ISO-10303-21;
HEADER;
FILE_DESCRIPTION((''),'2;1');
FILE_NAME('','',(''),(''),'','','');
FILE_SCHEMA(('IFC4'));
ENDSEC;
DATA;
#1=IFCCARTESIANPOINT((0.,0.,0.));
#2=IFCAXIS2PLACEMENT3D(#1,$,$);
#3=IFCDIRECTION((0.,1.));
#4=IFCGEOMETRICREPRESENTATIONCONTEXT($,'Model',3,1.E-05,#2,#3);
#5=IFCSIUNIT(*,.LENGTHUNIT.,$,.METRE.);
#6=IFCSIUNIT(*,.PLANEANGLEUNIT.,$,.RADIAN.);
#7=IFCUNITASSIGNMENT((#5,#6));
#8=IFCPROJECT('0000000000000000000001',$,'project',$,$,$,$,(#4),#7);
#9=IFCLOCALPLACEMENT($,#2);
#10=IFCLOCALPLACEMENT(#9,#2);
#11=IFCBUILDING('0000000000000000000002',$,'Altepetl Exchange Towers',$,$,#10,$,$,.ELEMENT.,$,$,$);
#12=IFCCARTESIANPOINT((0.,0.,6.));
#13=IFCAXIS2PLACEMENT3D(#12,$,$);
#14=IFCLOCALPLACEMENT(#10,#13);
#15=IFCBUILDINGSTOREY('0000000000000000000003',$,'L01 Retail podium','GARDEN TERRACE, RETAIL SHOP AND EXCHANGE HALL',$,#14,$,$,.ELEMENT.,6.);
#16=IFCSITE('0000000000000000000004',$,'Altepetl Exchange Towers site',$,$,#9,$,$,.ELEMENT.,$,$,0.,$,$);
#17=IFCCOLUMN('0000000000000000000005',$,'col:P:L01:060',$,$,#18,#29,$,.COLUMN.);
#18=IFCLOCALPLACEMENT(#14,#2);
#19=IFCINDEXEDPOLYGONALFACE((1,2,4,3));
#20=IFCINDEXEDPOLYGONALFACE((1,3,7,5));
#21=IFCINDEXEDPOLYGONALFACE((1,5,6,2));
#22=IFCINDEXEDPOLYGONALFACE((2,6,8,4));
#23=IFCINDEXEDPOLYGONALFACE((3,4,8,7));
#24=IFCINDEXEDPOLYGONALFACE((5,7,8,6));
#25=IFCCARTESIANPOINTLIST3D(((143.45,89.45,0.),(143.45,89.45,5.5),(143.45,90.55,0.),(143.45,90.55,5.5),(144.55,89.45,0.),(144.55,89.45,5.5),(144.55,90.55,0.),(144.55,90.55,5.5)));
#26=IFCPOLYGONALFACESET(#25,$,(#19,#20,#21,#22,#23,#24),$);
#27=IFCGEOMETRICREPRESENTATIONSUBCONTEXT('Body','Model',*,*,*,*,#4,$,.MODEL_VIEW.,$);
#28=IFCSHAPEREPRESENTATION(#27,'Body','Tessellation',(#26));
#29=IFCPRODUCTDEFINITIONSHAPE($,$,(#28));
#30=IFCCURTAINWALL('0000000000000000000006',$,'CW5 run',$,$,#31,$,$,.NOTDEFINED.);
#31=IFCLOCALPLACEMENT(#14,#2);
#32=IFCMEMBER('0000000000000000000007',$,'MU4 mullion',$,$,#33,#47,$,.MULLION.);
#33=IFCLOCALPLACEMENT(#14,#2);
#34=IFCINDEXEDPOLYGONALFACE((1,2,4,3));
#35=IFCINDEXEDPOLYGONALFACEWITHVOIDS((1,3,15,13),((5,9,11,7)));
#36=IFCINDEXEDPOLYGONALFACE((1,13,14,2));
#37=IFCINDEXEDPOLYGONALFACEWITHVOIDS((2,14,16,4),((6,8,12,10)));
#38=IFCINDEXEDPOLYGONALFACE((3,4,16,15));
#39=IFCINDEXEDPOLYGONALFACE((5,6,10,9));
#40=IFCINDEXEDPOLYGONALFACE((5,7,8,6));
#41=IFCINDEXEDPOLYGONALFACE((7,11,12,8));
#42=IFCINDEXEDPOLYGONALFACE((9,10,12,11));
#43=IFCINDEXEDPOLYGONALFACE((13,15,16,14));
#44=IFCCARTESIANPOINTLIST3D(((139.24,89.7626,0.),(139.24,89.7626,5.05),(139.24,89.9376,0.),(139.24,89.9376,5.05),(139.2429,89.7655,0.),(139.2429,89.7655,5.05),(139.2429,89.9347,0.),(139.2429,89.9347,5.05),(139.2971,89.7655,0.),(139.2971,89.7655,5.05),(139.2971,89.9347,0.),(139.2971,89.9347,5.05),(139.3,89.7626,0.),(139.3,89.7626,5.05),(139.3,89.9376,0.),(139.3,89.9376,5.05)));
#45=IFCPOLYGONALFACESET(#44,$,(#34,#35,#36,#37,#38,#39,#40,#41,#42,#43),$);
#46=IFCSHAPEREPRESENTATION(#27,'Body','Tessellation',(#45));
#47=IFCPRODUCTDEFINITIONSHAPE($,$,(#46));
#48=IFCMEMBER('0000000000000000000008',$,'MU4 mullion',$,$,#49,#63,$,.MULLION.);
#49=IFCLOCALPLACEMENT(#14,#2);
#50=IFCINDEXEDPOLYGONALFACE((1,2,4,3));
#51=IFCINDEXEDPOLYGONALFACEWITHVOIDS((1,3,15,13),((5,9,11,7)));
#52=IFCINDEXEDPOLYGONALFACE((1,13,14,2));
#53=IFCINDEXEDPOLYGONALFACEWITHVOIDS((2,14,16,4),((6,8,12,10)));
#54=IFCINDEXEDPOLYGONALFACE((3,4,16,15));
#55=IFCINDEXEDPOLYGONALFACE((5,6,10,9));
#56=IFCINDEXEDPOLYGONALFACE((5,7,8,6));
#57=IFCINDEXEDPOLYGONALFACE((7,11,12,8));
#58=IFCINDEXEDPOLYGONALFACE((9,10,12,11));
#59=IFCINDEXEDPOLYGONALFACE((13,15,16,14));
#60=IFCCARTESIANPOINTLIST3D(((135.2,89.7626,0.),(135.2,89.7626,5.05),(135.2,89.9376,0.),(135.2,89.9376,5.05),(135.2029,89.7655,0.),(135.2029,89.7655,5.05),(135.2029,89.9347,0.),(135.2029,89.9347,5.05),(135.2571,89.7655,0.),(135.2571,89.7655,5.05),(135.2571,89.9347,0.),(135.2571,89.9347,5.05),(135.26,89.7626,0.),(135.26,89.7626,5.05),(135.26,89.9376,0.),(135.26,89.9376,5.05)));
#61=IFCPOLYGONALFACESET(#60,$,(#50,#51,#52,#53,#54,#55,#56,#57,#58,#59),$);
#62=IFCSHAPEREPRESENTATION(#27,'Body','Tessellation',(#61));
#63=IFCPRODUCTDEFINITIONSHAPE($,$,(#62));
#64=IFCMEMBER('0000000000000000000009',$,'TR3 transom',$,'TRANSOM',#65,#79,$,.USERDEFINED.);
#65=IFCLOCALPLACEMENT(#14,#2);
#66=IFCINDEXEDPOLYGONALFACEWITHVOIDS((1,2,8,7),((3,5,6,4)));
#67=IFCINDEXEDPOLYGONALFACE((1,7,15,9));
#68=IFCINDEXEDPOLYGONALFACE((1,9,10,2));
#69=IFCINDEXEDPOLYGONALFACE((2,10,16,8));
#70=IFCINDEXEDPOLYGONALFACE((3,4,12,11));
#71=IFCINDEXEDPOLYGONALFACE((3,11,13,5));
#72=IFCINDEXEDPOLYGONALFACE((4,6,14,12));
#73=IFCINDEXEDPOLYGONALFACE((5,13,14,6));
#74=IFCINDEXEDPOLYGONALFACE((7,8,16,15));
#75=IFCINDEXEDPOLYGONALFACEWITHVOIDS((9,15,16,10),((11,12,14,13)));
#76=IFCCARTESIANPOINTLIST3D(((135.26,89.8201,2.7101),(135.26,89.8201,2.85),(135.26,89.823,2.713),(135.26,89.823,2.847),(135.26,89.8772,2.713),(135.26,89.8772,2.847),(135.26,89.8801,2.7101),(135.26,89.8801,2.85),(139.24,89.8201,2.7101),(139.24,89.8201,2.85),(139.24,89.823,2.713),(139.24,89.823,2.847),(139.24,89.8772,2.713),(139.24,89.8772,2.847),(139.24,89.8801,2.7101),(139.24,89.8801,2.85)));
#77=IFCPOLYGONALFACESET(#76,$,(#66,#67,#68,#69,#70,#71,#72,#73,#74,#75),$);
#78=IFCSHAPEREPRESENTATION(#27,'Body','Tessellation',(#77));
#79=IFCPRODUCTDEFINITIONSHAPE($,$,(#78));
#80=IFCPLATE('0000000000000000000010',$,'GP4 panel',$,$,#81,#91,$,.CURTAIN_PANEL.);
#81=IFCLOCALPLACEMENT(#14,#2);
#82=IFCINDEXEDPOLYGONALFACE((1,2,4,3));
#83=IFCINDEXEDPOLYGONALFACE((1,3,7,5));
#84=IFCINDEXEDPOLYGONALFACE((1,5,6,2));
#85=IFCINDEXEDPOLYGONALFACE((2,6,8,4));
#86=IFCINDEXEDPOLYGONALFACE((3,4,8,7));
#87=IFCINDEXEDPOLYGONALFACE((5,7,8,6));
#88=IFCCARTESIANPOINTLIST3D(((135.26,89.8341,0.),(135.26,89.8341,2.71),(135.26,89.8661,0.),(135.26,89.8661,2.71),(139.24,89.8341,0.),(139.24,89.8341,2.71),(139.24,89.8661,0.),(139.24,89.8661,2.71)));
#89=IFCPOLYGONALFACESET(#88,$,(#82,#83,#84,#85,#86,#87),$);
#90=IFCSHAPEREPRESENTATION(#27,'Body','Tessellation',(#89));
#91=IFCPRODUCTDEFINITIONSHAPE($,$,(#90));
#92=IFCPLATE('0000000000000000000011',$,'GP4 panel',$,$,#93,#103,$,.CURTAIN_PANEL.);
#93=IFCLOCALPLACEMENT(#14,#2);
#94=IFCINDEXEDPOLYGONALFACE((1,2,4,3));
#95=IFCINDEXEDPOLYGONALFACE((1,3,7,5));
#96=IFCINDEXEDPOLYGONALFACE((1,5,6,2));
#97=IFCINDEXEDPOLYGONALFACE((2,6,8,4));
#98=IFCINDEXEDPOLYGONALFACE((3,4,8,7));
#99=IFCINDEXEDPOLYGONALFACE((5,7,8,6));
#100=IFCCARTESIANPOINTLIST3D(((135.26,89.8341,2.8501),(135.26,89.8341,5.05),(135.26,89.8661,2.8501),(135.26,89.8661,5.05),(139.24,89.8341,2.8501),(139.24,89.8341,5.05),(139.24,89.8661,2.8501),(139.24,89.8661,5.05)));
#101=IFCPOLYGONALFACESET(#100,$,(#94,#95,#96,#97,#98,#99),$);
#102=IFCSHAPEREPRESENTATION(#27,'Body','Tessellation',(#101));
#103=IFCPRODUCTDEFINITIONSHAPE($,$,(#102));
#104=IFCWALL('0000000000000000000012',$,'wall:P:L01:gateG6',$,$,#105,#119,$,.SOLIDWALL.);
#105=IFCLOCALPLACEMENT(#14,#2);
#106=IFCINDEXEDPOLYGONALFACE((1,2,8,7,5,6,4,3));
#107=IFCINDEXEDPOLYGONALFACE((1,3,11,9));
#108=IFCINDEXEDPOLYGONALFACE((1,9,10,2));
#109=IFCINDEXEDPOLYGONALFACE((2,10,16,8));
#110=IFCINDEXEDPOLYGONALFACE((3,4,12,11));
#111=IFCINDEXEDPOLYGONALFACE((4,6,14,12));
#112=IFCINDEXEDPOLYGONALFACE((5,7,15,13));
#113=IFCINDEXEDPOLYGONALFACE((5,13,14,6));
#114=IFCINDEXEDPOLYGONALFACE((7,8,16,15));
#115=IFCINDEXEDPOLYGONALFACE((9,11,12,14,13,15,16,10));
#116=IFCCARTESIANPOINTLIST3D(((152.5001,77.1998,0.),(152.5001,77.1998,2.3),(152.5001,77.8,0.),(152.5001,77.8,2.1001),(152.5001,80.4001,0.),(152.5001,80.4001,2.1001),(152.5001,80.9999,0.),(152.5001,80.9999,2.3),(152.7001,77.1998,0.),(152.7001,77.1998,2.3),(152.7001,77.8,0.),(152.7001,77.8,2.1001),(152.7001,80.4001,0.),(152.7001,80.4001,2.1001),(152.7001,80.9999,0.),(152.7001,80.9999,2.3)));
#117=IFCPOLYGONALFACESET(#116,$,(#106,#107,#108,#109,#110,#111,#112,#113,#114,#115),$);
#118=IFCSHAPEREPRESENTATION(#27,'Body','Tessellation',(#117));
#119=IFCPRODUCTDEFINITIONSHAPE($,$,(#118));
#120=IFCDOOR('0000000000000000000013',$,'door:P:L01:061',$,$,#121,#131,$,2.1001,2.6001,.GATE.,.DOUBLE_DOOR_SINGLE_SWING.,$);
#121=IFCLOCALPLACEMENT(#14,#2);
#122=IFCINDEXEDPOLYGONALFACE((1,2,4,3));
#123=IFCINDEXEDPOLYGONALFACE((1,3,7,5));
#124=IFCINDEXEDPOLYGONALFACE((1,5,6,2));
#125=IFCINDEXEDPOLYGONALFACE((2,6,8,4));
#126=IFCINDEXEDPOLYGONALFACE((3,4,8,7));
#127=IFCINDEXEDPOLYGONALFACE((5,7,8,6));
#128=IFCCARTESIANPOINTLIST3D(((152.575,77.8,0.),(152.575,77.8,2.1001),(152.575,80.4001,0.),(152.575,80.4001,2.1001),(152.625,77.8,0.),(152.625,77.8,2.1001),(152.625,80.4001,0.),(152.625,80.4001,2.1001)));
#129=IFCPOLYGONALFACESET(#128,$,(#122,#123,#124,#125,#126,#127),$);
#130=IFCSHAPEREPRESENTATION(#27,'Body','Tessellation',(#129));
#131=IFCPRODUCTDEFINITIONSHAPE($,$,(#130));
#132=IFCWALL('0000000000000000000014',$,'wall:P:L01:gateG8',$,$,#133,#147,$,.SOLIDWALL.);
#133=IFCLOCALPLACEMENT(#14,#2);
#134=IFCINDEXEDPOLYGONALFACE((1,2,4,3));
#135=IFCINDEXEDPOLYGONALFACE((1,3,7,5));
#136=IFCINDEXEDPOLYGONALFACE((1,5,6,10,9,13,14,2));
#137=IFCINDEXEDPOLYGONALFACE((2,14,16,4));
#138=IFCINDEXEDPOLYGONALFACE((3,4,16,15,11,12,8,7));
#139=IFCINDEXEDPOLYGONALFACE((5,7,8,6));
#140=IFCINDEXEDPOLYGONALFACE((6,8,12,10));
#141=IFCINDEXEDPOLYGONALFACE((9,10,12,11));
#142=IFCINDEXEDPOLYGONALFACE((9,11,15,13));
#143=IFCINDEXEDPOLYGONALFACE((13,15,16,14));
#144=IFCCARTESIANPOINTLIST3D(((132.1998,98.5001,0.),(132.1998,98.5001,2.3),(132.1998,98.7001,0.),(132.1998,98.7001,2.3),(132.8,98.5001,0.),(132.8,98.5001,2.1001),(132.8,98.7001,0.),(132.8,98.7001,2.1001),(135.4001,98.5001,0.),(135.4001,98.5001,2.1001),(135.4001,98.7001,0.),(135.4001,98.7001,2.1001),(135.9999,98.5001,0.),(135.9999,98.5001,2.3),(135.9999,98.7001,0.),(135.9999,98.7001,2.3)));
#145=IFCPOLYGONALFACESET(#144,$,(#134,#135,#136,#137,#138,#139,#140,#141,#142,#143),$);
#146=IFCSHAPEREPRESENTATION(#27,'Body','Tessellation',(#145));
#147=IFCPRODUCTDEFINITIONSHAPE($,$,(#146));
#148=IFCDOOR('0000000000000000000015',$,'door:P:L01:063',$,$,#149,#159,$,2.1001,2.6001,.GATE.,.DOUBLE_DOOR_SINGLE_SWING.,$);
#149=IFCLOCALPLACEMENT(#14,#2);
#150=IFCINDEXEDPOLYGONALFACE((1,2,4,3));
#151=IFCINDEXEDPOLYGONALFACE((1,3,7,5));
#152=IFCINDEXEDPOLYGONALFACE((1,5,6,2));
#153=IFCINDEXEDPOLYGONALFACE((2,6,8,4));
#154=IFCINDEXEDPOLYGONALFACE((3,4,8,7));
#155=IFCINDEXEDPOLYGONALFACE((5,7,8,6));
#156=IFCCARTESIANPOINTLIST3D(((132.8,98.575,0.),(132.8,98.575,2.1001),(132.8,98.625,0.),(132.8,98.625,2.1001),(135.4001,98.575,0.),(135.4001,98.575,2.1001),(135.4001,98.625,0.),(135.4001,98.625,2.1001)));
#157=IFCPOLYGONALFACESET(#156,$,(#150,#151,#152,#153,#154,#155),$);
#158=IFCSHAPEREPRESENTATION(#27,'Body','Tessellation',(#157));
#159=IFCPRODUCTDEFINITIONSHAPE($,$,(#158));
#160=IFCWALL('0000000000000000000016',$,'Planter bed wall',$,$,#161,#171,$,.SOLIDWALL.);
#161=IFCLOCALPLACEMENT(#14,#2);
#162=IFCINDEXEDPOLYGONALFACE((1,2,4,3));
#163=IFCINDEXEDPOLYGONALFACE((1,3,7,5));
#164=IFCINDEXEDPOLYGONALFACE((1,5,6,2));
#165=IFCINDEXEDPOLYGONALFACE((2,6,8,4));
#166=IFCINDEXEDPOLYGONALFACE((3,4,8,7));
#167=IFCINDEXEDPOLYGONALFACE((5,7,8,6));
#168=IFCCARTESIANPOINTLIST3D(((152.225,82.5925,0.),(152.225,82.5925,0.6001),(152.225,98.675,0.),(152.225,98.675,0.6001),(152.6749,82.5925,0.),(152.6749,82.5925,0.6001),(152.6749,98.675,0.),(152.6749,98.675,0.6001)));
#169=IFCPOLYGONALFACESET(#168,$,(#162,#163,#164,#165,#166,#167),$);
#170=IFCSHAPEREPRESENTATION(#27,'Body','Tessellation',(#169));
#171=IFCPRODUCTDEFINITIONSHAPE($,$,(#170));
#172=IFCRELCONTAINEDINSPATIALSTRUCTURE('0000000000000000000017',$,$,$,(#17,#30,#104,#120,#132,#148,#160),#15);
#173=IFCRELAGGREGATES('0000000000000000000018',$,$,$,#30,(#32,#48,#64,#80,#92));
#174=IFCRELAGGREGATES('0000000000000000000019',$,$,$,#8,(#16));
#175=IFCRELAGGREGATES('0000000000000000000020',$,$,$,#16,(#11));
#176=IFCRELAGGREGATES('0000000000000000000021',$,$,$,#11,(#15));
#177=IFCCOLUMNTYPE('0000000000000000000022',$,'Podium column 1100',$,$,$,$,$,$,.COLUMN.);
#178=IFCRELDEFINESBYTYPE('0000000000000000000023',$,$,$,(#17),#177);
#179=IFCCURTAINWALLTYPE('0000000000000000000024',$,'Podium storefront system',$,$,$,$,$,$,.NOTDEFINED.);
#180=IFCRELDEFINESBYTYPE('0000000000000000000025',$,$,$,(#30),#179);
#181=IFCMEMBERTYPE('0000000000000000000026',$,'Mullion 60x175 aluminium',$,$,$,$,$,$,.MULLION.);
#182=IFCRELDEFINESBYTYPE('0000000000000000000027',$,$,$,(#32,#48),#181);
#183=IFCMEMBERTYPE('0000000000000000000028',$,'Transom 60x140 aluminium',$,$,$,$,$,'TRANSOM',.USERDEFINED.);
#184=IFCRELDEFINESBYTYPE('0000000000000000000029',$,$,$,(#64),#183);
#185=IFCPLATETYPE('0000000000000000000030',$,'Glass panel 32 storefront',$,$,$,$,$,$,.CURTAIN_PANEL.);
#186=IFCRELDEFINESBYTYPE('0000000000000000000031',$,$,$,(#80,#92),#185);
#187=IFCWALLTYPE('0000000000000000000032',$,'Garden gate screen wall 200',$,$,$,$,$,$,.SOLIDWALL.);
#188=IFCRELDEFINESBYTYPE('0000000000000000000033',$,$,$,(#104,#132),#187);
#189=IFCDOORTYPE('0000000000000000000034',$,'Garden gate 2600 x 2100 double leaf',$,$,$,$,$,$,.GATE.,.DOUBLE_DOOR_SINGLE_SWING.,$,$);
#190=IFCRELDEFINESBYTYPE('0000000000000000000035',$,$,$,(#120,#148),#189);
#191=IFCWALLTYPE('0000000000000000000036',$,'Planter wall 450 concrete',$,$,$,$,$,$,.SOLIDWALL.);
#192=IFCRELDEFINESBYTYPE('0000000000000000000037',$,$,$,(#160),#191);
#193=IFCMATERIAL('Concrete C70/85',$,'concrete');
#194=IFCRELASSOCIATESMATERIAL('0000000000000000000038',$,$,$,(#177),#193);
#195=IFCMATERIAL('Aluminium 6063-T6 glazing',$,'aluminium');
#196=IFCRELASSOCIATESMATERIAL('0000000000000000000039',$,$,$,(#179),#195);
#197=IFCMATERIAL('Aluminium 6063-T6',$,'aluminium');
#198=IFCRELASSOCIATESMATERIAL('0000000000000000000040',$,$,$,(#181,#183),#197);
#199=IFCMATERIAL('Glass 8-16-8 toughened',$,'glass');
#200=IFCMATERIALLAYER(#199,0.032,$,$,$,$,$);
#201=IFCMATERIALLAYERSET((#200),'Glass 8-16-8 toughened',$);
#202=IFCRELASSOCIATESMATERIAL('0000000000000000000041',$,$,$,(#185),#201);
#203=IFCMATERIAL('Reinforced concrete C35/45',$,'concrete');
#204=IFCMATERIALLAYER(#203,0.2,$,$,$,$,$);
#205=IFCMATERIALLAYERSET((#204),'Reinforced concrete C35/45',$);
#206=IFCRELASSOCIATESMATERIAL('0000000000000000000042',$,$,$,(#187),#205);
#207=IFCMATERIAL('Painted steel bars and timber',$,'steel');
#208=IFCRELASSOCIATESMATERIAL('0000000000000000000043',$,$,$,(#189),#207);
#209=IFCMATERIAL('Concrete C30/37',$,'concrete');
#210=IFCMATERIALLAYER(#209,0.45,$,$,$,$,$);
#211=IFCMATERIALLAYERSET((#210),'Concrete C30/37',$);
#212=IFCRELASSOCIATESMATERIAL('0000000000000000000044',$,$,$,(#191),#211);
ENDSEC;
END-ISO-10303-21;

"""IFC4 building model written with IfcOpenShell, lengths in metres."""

from ifc_helpers import new_model, si_unit, direction, frame, frame_2d, origin, origin_2d, place, context, subcontext, project, spatial, rectangle, hollow_rectangle, extrude, material, layer, layer_set, material_profile, profile_set, type_object, element, fill, aggregate, save


model = new_model("IFC4")

# Units and contexts
model_context = context("Model", 3, precision=1e-05, world=origin(), true_north=direction((0.0, 1.0)))
body_context = subcontext(model_context, "Body", "Model", "MODEL_VIEW")
ifc_project = project(units=[si_unit("LENGTHUNIT", "METRE"), si_unit("PLANEANGLEUNIT", "RADIAN")], contexts=[model_context])

# Site, building, storey
site_placement = place(None, origin())
site = spatial("IfcSite", under=ifc_project, at=site_placement, Name="Altepetl Exchange Towers site", CompositionType="ELEMENT", RefElevation=0.0)
building_placement = place(site_placement, origin())
building = spatial("IfcBuilding", under=site, at=building_placement, Name="Altepetl Exchange Towers", CompositionType="ELEMENT")
storey_placement = place(building_placement, frame((0.0, 0.0, 6.0)))
storey = spatial("IfcBuildingStorey", under=building, at=storey_placement, Name="L01 Retail podium", Description="GARDEN TERRACE, RETAIL SHOP AND EXCHANGE HALL", CompositionType="ELEMENT", Elevation=6.0)

# Column
ifc_material_1 = material(Name="Concrete C70/85", Category="concrete")
ifc_material_profile_1 = material_profile(ifc_material_1, rectangle(XDim=1.1001, YDim=1.1001, at=origin_2d()), Name="1100 x 1100")
ifc_profile_set_1 = profile_set([ifc_material_profile_1], Name="Concrete C70/85")
column_type = type_object("IfcColumnType", Name="Podium column 1100", PredefinedType="COLUMN", material=ifc_profile_set_1)
column_placement = place(storey_placement, frame((144.0, 90.0, 0.0)))
element("IfcColumn", 1, at=column_placement, inside=storey, type_object=column_type, Name="col:P:L01:060", PredefinedType="COLUMN", context=body_context, shape_type="SweptSolid", body=[
    extrude(rectangle(XDim=1.1001, YDim=1.1001, at=origin_2d()), origin(), (0.0, 0.0, 1.0), 5.5),
])

# Curtain wall, members, plates
ifc_material_2 = material(Name="Aluminium 6063-T6 glazing", Category="aluminium")
curtain_wall_type = type_object("IfcCurtainWallType", Name="Podium storefront system", PredefinedType="NOTDEFINED", material=ifc_material_2)
curtain_wall_placement = place(storey_placement, origin())
curtain_wall = element("IfcCurtainWall", 2, at=curtain_wall_placement, inside=storey, type_object=curtain_wall_type, Name="CW5 run", PredefinedType="NOTDEFINED")
ifc_material_3 = material(Name="Aluminium 6063-T6", Category="aluminium")
ifc_material_profile_2 = material_profile(ifc_material_3, hollow_rectangle(XDim=0.0601, YDim=0.175, WallThickness=0.0029, at=origin_2d()), Name="Mullion 60x175 aluminium")
ifc_profile_set_2 = profile_set([ifc_material_profile_2], Name="Aluminium 6063-T6")
member_type_1 = type_object("IfcMemberType", Name="Mullion 60x175 aluminium", PredefinedType="MULLION", material=ifc_profile_set_2)
member_1_placement = place(storey_placement, frame((139.27, 89.8501, 0.0), z_axis=(0.0, 0.0, 1.0), x_axis=(-1.0, 0.0, 0.0)))
member_1 = element("IfcMember", 3, at=member_1_placement, type_object=member_type_1, Name="MU4 mullion", PredefinedType="MULLION", context=body_context, shape_type="SweptSolid", body=[
    extrude(hollow_rectangle(XDim=0.0601, YDim=0.175, WallThickness=0.0029, at=origin_2d()), origin(), (0.0, 0.0, 1.0), 5.05),
])
member_2_placement = place(storey_placement, frame((135.23, 89.8501, 0.0), z_axis=(0.0, 0.0, 1.0), x_axis=(-1.0, 0.0, 0.0)))
member_2 = element("IfcMember", 4, at=member_2_placement, type_object=member_type_1, Name="MU4 mullion", PredefinedType="MULLION", context=body_context, shape_type="SweptSolid", body=[
    extrude(hollow_rectangle(XDim=0.0601, YDim=0.175, WallThickness=0.0029, at=origin_2d()), origin(), (0.0, 0.0, 1.0), 5.05),
])
ifc_material_profile_3 = material_profile(ifc_material_3, hollow_rectangle(XDim=0.0601, YDim=0.1399, WallThickness=0.0029, at=origin_2d()), Name="Transom 60x140 aluminium")
ifc_profile_set_3 = profile_set([ifc_material_profile_3], Name="Aluminium 6063-T6")
member_type_2 = type_object("IfcMemberType", Name="Transom 60x140 aluminium", ElementType="TRANSOM", PredefinedType="USERDEFINED", material=ifc_profile_set_3)
member_3_placement = place(storey_placement, frame((139.24, 89.8501, 2.78), z_axis=(-1.0, 0.0, 0.0), x_axis=(0.0, -1.0, 0.0)))
member_3 = element("IfcMember", 5, at=member_3_placement, type_object=member_type_2, Name="TR3 transom", ObjectType="TRANSOM", PredefinedType="USERDEFINED", context=body_context, shape_type="SweptSolid", body=[
    extrude(hollow_rectangle(XDim=0.0601, YDim=0.1399, WallThickness=0.0029, at=origin_2d()), origin(), (0.0, 0.0, 1.0), 3.98),
])
ifc_material_4 = material(Name="Glass 8-16-8 toughened", Category="glass")
ifc_layer_1 = layer(ifc_material_4, 0.032)
ifc_layer_set_1 = layer_set([ifc_layer_1], Name="Glass 8-16-8 toughened")
plate_type = type_object("IfcPlateType", Name="Glass panel 32 storefront", PredefinedType="CURTAIN_PANEL", material=ifc_layer_set_1)
plate_1_placement = place(storey_placement, frame((137.25, 89.8501, 0.0), z_axis=(0.0, 0.0, 1.0), x_axis=(-1.0, 0.0, 0.0)))
plate_1 = element("IfcPlate", 6, at=plate_1_placement, type_object=plate_type, Name="GP4 panel", PredefinedType="CURTAIN_PANEL", context=body_context, shape_type="SweptSolid", body=[
    extrude(rectangle(XDim=3.98, YDim=0.032, at=origin_2d()), origin(), (0.0, 0.0, 1.0), 2.71),
])
plate_2_placement = place(storey_placement, frame((137.25, 89.8501, 2.8501), z_axis=(0.0, 0.0, 1.0), x_axis=(-1.0, 0.0, 0.0)))
plate_2 = element("IfcPlate", 7, at=plate_2_placement, type_object=plate_type, Name="GP4 panel", PredefinedType="CURTAIN_PANEL", context=body_context, shape_type="SweptSolid", body=[
    extrude(rectangle(XDim=3.98, YDim=0.032, at=origin_2d()), origin(), (0.0, 0.0, 1.0), 2.2),
])
aggregate(curtain_wall, [member_1, member_2, member_3, plate_1, plate_2])

# Walls, openings, doors
ifc_material_5 = material(Name="Reinforced concrete C35/45", Category="concrete")
ifc_layer_2 = layer(ifc_material_5, 0.2)
ifc_layer_set_2 = layer_set([ifc_layer_2], Name="Reinforced concrete C35/45")
wall_type_1 = type_object("IfcWallType", Name="Garden gate screen wall 200", PredefinedType="SOLIDWALL", material=ifc_layer_set_2)
wall_1_placement = place(storey_placement, frame((152.6001, 77.2, 0.0), z_axis=(0.0, 0.0, 1.0), x_axis=(0.0, 1.0, 0.0)))
wall_1 = element("IfcWall", 8, at=wall_1_placement, inside=storey, type_object=wall_type_1, Name="wall:P:L01:gateG6", PredefinedType="SOLIDWALL", context=body_context, shape_type="SweptSolid", body=[
    extrude(rectangle(XDim=3.8, YDim=0.2, at=frame_2d((1.8999, 0.0))), origin(), (0.0, 0.0, 1.0), 2.3),
])
opening_1_placement = place(wall_1_placement, frame((0.6001, 0.0, 0.0)))
opening_1 = element("IfcOpeningElement", 9, at=opening_1_placement, cuts=wall_1, PredefinedType="OPENING", context=body_context, shape_type="SweptSolid", body=[
    extrude(rectangle(XDim=2.6001, YDim=2.1001, at=frame_2d((1.3, 1.05))), frame((0.0, 0.1099, 0.0), z_axis=(0.0, -1.0, 0.0), x_axis=(1.0, 0.0, 0.0)), (0.0, 0.0, 1.0), 0.22),
])
ifc_material_6 = material(Name="Painted steel bars and timber", Category="steel")
door_type_1 = type_object("IfcDoorType", Name="Garden gate 2600 x 2100 double leaf", OperationType="DOUBLE_DOOR_SINGLE_SWING", PredefinedType="GATE", material=ifc_material_6)
door_1_placement = place(opening_1_placement, frame((2.6001, 0.0, 0.0), x_axis=(-1.0, 0.0, 0.0)))
door_1 = element("IfcDoor", 10, at=door_1_placement, inside=storey, type_object=door_type_1, Name="door:P:L01:061", OperationType="DOUBLE_DOOR_SINGLE_SWING", OverallHeight=2.1001, OverallWidth=2.6001, PredefinedType="GATE", context=body_context, shape_type="SweptSolid", body=[
    extrude(rectangle(XDim=2.6001, YDim=2.1001, at=frame_2d((1.3, 1.05))), frame((0.0, 0.0249, 0.0), z_axis=(0.0, -1.0, 0.0), x_axis=(1.0, 0.0, 0.0)), (0.0, 0.0, 1.0), 0.05),
])
fill(opening_1, door_1)
wall_2_placement = place(storey_placement, frame((132.2, 98.6001, 0.0)))
wall_2 = element("IfcWall", 11, at=wall_2_placement, inside=storey, type_object=wall_type_1, Name="wall:P:L01:gateG8", PredefinedType="SOLIDWALL", context=body_context, shape_type="SweptSolid", body=[
    extrude(rectangle(XDim=3.8, YDim=0.2, at=frame_2d((1.8999, 0.0))), origin(), (0.0, 0.0, 1.0), 2.3),
])
opening_2_placement = place(wall_2_placement, frame((0.6001, 0.0, 0.0)))
opening_2 = element("IfcOpeningElement", 12, at=opening_2_placement, cuts=wall_2, PredefinedType="OPENING", context=body_context, shape_type="SweptSolid", body=[
    extrude(rectangle(XDim=2.6001, YDim=2.1001, at=frame_2d((1.3, 1.05))), frame((0.0, 0.1099, 0.0), z_axis=(0.0, -1.0, 0.0), x_axis=(1.0, 0.0, 0.0)), (0.0, 0.0, 1.0), 0.22),
])
door_2_placement = place(opening_2_placement, origin())
door_2 = element("IfcDoor", 13, at=door_2_placement, inside=storey, type_object=door_type_1, Name="door:P:L01:063", OperationType="DOUBLE_DOOR_SINGLE_SWING", OverallHeight=2.1001, OverallWidth=2.6001, PredefinedType="GATE", context=body_context, shape_type="SweptSolid", body=[
    extrude(rectangle(XDim=2.6001, YDim=2.1001, at=frame_2d((1.3, 1.05))), frame((0.0, 0.0249, 0.0), z_axis=(0.0, -1.0, 0.0), x_axis=(1.0, 0.0, 0.0)), (0.0, 0.0, 1.0), 0.05),
])
fill(opening_2, door_2)

# Wall
ifc_material_7 = material(Name="Concrete C30/37", Category="concrete")
ifc_layer_3 = layer(ifc_material_7, 0.45)
ifc_layer_set_3 = layer_set([ifc_layer_3], Name="Concrete C30/37")
wall_type_2 = type_object("IfcWallType", Name="Planter wall 450 concrete", PredefinedType="SOLIDWALL", material=ifc_layer_set_3)
wall_3_placement = place(storey_placement, frame((152.45, 82.5925, 0.0), z_axis=(0.0, 0.0, 1.0), x_axis=(0.0, 1.0, 0.0)))
element("IfcWall", 14, at=wall_3_placement, inside=storey, type_object=wall_type_2, Name="Planter bed wall", PredefinedType="SOLIDWALL", context=body_context, shape_type="SweptSolid", body=[
    extrude(rectangle(XDim=16.0825, YDim=0.45, at=frame_2d((8.0413, 0.0))), origin(), (0.0, 0.0, 1.0), 0.6001),
])

save(model, "model.ifc")
